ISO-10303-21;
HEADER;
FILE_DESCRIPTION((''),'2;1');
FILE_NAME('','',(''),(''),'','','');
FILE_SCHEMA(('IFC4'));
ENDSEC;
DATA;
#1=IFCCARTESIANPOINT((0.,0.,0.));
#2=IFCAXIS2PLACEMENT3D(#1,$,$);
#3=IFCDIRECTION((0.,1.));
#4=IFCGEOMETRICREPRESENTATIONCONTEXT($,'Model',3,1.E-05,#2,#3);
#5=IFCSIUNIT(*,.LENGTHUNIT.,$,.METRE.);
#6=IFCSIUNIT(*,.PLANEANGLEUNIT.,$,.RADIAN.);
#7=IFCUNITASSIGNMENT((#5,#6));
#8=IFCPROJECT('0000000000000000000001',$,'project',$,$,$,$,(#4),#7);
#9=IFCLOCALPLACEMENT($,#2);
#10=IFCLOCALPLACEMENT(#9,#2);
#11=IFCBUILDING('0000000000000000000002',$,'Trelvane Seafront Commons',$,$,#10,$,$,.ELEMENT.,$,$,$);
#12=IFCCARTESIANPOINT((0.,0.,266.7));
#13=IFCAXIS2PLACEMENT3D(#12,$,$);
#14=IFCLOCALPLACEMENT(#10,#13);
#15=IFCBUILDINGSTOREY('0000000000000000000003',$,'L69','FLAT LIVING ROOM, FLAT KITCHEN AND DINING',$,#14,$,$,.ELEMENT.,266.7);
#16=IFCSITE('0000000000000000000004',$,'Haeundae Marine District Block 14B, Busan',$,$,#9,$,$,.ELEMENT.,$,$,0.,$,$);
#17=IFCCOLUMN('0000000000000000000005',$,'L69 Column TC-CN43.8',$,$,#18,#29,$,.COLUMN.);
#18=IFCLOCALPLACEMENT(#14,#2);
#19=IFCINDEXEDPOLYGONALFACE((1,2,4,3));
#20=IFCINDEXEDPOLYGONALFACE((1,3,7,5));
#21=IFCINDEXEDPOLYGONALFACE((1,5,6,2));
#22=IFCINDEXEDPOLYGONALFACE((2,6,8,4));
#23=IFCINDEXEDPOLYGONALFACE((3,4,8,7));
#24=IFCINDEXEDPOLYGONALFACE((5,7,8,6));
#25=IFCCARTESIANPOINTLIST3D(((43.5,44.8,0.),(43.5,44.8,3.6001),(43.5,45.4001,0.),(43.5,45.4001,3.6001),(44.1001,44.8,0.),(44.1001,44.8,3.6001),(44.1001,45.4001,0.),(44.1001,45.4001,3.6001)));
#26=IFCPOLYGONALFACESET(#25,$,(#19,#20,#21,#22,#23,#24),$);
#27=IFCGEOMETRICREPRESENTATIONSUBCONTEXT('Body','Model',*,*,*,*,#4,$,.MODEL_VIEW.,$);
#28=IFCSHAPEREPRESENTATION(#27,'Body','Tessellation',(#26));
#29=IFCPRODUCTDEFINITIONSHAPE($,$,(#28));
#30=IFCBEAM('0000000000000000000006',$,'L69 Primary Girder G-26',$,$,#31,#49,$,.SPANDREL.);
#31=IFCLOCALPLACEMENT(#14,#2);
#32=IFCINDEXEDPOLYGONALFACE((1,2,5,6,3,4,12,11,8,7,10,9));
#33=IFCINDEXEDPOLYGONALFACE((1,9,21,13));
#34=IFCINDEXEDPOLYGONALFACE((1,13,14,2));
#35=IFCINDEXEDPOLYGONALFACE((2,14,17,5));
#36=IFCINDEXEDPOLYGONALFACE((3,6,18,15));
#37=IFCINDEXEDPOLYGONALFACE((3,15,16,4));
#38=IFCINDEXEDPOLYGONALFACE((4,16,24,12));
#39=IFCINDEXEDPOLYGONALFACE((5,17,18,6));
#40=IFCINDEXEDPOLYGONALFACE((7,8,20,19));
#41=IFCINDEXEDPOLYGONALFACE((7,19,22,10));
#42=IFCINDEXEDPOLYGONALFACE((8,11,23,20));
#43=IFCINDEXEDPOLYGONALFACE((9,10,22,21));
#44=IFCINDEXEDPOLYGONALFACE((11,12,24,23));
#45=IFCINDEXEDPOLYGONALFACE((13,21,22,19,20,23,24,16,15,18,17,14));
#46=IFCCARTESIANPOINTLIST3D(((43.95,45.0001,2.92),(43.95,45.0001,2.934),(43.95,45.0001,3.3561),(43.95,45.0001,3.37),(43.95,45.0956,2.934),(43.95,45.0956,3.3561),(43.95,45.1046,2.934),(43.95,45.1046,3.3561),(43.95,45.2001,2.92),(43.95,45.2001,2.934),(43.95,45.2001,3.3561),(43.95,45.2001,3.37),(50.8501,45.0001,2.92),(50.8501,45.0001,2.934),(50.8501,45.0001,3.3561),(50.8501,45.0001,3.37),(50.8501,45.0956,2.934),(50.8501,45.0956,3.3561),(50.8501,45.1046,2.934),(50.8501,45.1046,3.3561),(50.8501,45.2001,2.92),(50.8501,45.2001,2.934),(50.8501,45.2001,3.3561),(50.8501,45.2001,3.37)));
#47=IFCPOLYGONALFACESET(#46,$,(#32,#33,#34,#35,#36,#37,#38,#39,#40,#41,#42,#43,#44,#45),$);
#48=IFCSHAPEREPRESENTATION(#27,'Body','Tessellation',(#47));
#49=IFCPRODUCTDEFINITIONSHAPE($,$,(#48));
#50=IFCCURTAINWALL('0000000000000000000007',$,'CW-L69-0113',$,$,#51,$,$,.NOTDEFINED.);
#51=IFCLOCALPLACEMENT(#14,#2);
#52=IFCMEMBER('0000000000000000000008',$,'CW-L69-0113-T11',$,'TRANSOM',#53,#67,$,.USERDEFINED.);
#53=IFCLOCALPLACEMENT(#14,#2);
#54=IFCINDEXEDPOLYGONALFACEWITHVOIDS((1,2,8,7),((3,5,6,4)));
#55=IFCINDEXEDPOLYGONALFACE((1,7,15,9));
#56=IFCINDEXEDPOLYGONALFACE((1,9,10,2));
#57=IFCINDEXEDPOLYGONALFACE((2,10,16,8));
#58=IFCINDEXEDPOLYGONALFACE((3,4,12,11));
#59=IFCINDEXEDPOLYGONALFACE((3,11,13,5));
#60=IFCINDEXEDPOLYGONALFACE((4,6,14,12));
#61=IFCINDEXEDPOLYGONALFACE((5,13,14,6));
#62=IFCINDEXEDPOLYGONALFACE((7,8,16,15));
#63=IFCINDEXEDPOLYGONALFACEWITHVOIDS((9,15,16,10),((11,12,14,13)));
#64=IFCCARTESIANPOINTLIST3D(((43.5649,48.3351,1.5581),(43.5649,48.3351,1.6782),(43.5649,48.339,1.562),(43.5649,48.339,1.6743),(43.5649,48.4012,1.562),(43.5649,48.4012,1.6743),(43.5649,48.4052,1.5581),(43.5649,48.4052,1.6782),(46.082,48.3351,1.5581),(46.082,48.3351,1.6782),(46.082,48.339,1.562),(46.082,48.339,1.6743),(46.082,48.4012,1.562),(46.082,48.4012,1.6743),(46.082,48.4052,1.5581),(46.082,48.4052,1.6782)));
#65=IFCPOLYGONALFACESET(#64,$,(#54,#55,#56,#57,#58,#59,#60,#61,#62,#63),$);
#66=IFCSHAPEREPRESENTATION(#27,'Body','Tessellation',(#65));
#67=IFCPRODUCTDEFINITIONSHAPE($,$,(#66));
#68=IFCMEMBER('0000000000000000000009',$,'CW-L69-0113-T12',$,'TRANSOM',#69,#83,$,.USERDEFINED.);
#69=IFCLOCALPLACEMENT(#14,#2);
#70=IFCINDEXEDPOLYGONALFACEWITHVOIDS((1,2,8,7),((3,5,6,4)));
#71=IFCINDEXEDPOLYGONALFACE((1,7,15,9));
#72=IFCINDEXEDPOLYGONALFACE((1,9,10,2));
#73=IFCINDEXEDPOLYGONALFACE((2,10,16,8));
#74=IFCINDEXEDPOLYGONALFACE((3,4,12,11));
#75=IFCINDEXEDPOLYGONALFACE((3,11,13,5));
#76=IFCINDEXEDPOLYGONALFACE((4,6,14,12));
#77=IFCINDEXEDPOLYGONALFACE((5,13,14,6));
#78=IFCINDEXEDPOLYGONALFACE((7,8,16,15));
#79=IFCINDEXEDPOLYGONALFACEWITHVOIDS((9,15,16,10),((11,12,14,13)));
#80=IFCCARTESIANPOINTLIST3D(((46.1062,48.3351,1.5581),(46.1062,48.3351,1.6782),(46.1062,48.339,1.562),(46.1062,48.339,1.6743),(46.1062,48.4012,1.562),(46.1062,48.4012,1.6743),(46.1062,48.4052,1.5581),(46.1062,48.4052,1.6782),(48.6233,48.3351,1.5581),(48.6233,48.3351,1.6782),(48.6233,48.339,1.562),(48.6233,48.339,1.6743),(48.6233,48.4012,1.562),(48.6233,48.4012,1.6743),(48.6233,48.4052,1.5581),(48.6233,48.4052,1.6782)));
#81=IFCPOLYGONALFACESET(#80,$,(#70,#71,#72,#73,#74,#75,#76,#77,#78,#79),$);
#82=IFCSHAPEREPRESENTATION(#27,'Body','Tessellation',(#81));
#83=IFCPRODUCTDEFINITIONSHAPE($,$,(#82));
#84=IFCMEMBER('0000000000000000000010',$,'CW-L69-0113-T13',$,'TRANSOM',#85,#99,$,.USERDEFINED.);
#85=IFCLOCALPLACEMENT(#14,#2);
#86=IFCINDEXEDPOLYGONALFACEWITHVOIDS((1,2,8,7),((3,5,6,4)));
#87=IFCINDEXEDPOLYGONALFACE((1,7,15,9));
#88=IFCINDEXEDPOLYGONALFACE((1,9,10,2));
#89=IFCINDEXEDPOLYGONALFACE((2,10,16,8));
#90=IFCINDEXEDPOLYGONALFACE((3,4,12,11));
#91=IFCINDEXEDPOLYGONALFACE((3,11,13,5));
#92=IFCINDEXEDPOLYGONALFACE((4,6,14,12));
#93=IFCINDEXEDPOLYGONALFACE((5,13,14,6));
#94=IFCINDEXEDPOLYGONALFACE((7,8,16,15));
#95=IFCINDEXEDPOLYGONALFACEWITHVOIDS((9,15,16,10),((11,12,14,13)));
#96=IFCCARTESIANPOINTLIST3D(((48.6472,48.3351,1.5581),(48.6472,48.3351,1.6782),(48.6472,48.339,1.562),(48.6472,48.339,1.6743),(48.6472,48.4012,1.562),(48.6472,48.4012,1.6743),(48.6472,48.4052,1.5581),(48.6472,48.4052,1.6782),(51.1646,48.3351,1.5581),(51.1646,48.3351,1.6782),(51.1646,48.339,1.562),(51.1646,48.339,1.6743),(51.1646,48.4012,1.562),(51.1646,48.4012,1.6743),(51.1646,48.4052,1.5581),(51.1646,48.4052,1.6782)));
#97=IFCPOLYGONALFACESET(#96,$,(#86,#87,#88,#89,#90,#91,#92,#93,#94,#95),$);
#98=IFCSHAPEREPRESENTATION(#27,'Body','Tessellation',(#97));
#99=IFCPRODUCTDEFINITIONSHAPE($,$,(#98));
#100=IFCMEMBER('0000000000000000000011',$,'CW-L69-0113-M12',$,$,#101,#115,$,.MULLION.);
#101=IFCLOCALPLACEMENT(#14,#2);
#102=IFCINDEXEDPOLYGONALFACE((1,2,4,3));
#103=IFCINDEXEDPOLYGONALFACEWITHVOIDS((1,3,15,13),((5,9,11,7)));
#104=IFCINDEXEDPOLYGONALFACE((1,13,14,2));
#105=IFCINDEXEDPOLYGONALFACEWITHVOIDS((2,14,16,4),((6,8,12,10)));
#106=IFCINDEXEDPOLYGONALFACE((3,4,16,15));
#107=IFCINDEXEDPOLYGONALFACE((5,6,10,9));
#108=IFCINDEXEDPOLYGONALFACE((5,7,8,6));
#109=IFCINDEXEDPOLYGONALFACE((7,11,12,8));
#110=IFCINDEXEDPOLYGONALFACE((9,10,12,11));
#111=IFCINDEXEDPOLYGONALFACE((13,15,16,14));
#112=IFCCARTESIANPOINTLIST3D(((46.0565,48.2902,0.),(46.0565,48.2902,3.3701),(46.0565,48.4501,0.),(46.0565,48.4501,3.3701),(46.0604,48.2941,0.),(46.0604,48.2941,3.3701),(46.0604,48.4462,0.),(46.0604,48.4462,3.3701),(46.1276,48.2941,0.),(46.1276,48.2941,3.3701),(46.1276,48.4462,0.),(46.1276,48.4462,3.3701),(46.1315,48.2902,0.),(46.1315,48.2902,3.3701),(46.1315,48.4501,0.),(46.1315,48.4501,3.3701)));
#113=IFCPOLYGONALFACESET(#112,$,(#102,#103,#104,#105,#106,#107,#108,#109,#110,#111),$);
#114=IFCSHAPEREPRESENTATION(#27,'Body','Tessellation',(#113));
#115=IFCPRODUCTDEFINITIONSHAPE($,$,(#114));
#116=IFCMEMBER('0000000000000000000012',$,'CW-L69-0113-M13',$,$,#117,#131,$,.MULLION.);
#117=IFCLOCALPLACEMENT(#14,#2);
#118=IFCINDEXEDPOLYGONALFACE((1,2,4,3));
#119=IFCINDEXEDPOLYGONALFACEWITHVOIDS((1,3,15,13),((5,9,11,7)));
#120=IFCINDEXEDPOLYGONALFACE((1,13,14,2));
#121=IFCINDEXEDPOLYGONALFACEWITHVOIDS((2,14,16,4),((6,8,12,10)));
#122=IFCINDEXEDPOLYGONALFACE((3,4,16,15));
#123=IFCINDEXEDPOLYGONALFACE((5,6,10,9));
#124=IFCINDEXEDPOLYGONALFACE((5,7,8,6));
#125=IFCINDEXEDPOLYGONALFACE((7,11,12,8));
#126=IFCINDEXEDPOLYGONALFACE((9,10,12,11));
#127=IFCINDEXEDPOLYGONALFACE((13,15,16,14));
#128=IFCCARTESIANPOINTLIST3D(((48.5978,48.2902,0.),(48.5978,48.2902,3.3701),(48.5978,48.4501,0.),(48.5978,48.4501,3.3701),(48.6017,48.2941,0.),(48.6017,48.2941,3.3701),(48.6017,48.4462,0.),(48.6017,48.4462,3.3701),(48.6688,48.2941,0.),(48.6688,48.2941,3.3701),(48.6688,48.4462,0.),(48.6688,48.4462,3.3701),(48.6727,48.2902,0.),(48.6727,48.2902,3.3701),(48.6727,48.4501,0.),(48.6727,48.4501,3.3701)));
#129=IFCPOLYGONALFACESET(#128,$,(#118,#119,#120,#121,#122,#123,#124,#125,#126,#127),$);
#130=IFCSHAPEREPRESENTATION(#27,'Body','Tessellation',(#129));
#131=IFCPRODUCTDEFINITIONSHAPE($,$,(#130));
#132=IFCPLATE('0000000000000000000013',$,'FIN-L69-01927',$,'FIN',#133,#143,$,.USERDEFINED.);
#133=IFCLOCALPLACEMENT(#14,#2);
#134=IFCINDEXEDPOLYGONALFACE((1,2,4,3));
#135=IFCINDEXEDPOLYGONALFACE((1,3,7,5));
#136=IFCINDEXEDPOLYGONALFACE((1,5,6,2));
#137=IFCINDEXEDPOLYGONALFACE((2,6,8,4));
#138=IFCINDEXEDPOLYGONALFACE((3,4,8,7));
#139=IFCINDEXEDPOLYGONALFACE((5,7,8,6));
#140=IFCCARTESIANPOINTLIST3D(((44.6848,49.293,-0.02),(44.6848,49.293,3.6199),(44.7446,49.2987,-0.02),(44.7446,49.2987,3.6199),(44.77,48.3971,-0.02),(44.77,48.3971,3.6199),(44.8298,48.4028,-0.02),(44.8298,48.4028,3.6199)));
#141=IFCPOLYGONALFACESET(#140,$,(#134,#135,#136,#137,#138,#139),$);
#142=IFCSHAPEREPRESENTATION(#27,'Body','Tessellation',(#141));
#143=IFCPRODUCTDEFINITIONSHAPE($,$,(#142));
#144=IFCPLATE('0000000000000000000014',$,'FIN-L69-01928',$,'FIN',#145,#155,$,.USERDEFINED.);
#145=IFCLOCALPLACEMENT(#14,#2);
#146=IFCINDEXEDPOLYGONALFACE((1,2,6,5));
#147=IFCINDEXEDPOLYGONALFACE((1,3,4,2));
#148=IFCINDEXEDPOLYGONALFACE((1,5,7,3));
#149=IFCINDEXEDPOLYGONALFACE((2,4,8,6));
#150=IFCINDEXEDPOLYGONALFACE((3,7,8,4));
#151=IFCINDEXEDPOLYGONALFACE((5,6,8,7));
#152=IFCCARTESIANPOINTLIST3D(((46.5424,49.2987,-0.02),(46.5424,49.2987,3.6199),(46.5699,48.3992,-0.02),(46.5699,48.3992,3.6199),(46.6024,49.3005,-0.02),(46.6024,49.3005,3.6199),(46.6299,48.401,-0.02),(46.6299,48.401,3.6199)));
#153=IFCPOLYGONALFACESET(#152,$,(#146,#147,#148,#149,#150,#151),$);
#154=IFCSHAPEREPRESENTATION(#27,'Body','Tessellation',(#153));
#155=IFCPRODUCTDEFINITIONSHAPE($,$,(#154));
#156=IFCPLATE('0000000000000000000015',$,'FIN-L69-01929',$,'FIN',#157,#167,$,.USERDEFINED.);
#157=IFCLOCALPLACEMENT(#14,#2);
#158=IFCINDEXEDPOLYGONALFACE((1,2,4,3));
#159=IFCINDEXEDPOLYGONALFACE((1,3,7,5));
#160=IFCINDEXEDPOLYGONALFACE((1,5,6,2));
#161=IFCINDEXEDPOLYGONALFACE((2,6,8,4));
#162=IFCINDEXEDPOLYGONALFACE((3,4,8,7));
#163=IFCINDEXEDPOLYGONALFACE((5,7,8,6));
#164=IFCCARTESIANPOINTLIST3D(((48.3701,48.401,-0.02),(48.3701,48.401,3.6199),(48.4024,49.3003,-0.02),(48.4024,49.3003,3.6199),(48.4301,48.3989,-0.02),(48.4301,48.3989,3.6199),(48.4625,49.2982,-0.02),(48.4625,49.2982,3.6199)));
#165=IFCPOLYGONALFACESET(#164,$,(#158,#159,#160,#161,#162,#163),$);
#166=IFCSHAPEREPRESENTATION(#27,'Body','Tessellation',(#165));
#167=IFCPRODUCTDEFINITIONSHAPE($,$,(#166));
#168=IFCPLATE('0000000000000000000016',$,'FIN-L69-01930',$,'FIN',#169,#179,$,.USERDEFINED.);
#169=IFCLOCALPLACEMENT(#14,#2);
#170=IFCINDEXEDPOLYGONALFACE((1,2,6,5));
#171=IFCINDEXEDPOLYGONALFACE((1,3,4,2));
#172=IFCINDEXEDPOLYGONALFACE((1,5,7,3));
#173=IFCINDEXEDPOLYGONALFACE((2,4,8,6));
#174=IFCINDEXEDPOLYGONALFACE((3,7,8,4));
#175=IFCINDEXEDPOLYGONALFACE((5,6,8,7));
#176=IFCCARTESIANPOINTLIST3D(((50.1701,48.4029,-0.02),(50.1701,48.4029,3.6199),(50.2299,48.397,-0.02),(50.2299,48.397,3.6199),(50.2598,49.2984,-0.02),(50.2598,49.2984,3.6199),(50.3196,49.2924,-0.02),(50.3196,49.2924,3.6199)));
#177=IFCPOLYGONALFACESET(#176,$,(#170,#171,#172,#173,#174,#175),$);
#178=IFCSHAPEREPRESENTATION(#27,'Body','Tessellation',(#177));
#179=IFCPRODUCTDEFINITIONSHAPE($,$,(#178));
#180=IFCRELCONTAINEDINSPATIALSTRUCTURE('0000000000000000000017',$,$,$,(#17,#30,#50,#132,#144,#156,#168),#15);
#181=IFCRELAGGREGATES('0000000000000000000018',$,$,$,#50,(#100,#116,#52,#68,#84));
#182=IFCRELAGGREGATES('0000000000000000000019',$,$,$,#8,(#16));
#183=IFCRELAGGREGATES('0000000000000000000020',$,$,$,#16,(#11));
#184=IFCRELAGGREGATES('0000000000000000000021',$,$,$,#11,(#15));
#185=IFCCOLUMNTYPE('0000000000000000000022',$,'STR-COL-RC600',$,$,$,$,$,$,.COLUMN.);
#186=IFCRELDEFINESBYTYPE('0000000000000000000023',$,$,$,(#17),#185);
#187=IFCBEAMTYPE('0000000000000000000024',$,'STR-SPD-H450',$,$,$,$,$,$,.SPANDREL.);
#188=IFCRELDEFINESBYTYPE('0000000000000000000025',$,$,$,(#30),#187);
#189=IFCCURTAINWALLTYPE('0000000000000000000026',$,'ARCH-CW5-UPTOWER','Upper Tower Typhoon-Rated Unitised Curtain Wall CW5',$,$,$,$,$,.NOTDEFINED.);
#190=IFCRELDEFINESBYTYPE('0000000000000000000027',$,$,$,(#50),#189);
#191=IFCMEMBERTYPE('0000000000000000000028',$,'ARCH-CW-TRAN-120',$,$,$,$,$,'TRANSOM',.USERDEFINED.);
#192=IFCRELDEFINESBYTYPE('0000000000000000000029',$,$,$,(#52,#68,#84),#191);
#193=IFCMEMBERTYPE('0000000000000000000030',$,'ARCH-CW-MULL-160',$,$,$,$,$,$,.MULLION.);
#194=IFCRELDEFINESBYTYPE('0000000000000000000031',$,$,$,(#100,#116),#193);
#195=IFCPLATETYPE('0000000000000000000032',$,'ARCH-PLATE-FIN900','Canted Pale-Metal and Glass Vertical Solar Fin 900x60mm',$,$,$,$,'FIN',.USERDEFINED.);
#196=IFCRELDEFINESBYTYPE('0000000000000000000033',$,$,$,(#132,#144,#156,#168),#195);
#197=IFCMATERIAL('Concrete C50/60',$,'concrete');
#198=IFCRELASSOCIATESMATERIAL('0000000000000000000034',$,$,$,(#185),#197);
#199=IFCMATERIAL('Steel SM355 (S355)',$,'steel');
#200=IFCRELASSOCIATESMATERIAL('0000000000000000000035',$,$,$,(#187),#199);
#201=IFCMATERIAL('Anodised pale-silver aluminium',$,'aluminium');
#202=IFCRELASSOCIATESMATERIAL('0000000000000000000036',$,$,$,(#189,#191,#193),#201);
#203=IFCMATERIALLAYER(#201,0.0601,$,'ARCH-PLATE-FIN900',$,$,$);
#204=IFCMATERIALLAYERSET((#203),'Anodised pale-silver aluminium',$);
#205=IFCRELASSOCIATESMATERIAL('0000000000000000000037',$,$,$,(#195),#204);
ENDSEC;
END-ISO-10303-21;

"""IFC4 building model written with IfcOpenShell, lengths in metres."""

from ifc_helpers import new_model, si_unit, direction, frame, origin, origin_2d, place, context, subcontext, project, spatial, rectangle, hollow_rectangle, i_section, extrude, source, transform, mapped, material, layer, layer_set, material_profile, profile_set, type_object, element, aggregate, save


model = new_model("IFC4")

# Units and contexts
model_context = context("Model", 3, precision=1e-05, world=origin(), true_north=direction((0.0, 1.0)))
body_context = subcontext(model_context, "Body", "Model", "MODEL_VIEW")
ifc_project = project(units=[si_unit("LENGTHUNIT", "METRE"), si_unit("PLANEANGLEUNIT", "RADIAN")], contexts=[model_context])

# Site, building, storey
site_placement = place(None, origin())
site = spatial("IfcSite", under=ifc_project, at=site_placement, Name="Haeundae Marine District Block 14B, Busan", CompositionType="ELEMENT", RefElevation=0.0)
building_placement = place(site_placement, origin())
building = spatial("IfcBuilding", under=site, at=building_placement, Name="Trelvane Seafront Commons", CompositionType="ELEMENT")
storey_placement = place(building_placement, frame((0.0, 0.0, 266.7)))
storey = spatial("IfcBuildingStorey", under=building, at=storey_placement, Name="L69", Description="FLAT LIVING ROOM, FLAT KITCHEN AND DINING", CompositionType="ELEMENT", Elevation=266.7)

# Column
ifc_material_1 = material(Name="Concrete C50/60", Category="concrete")
ifc_material_profile_1 = material_profile(ifc_material_1, rectangle(XDim=0.6001, YDim=0.6001, at=origin_2d()), Name="RC-600x600")
ifc_profile_set_1 = profile_set([ifc_material_profile_1], Name="Concrete C50/60")
column_type = type_object("IfcColumnType", Name="STR-COL-RC600", PredefinedType="COLUMN", material=ifc_profile_set_1)
shared_shape_1 = source(origin(), body_context, "Body", "SweptSolid", [
    extrude(rectangle(XDim=0.6001, YDim=0.6001, at=origin_2d()), origin(), (0.0, 0.0, 1.0), 3.6001),
])
column_placement = place(storey_placement, frame((43.8, 45.1001, 0.0), z_axis=(0.0, 0.0, 1.0), x_axis=(1.0, 0.0, 0.0)))
element("IfcColumn", 1, at=column_placement, inside=storey, type_object=column_type, Name="L69 Column TC-CN43.8", PredefinedType="COLUMN", context=body_context, shape_type="MappedRepresentation", body=[
    mapped(shared_shape_1, transform((0.0, 0.0, 0.0), x_axis=(1.0, 0.0, 0.0), y_axis=(0.0, 1.0, 0.0), z_axis=(0.0, 0.0, 1.0), scale=1.0)),
])

# Beam
ifc_material_2 = material(Name="Steel SM355 (S355)", Category="steel")
ifc_material_profile_2 = material_profile(ifc_material_2, i_section(OverallWidth=0.2, OverallDepth=0.45, WebThickness=0.009, FlangeThickness=0.0139, at=origin_2d()), Name="H-450x200x9x14")
ifc_profile_set_2 = profile_set([ifc_material_profile_2], Name="Steel SM355 (S355)")
beam_type = type_object("IfcBeamType", Name="STR-SPD-H450", PredefinedType="SPANDREL", material=ifc_profile_set_2)
shared_shape_2 = source(origin(), body_context, "Body", "SweptSolid", [
    extrude(i_section(OverallWidth=0.2, OverallDepth=0.45, WebThickness=0.009, FlangeThickness=0.0139, at=origin_2d()), origin(), (0.0, 0.0, 1.0), 6.9001),
])
beam_placement = place(storey_placement, frame((43.95, 45.1001, 3.145), z_axis=(1.0, 0.0, 0.0), x_axis=(0.0, 1.0, 0.0)))
element("IfcBeam", 2, at=beam_placement, inside=storey, type_object=beam_type, Name="L69 Primary Girder G-26", PredefinedType="SPANDREL", context=body_context, shape_type="MappedRepresentation", body=[
    mapped(shared_shape_2, transform((0.0, 0.0, 0.0), x_axis=(1.0, 0.0, 0.0), y_axis=(0.0, 1.0, 0.0), z_axis=(0.0, 0.0, 1.0), scale=1.0)),
])

# Curtain wall, members
ifc_material_3 = material(Name="Anodised pale-silver aluminium", Category="aluminium")
curtain_wall_type = type_object("IfcCurtainWallType", Name="ARCH-CW5-UPTOWER", Description="Upper Tower Typhoon-Rated Unitised Curtain Wall CW5", PredefinedType="NOTDEFINED", material=ifc_material_3)
curtain_wall_placement = place(storey_placement, origin())
curtain_wall = element("IfcCurtainWall", 3, at=curtain_wall_placement, inside=storey, type_object=curtain_wall_type, Name="CW-L69-0113", PredefinedType="NOTDEFINED")
ifc_material_profile_3 = material_profile(ifc_material_3, hollow_rectangle(XDim=0.0701, YDim=0.1201, WallThickness=0.0039, at=origin_2d()), Name="TRAN-70x120x4")
ifc_profile_set_3 = profile_set([ifc_material_profile_3], Name="Anodised pale-silver aluminium")
member_type_1 = type_object("IfcMemberType", Name="ARCH-CW-TRAN-120", ElementType="TRANSOM", PredefinedType="USERDEFINED", material=ifc_profile_set_3)
shared_shape_3 = source(origin(), body_context, "Body", "SweptSolid", [
    extrude(hollow_rectangle(XDim=0.0701, YDim=0.1201, WallThickness=0.0039, at=origin_2d()), origin(), (0.0, 0.0, 1.0), 2.5171),
])
member_1_placement = place(storey_placement, frame((43.5649, 48.3701, 1.6182), z_axis=(1.0, 0.0, 0.0), x_axis=(0.0, 1.0, 0.0)))
member_1 = element("IfcMember", 4, at=member_1_placement, type_object=member_type_1, Name="CW-L69-0113-T11", ObjectType="TRANSOM", PredefinedType="USERDEFINED", context=body_context, shape_type="MappedRepresentation", body=[
    mapped(shared_shape_3, transform((0.0, 0.0, 0.0), x_axis=(1.0, 0.0, 0.0), y_axis=(0.0, 1.0, 0.0), z_axis=(0.0, 0.0, 1.0), scale=1.0)),
])
member_2_placement = place(storey_placement, frame((46.1062, 48.3701, 1.6182), z_axis=(1.0, 0.0, 0.0), x_axis=(0.0, 1.0, 0.0)))
member_2 = element("IfcMember", 5, at=member_2_placement, type_object=member_type_1, Name="CW-L69-0113-T12", ObjectType="TRANSOM", PredefinedType="USERDEFINED", context=body_context, shape_type="MappedRepresentation", body=[
    mapped(shared_shape_3, transform((0.0, 0.0, 0.0), x_axis=(1.0, 0.0, 0.0), y_axis=(0.0, 1.0, 0.0), z_axis=(0.0, 0.0, 1.0), scale=1.0)),
])
shared_shape_4 = source(origin(), body_context, "Body", "SweptSolid", [
    extrude(hollow_rectangle(XDim=0.0701, YDim=0.1201, WallThickness=0.0039, at=origin_2d()), origin(), (0.0, 0.0, 1.0), 2.5173),
])
member_3_placement = place(storey_placement, frame((48.6472, 48.3701, 1.6182), z_axis=(1.0, 0.0, 0.0), x_axis=(0.0, 1.0, 0.0)))
member_3 = element("IfcMember", 6, at=member_3_placement, type_object=member_type_1, Name="CW-L69-0113-T13", ObjectType="TRANSOM", PredefinedType="USERDEFINED", context=body_context, shape_type="MappedRepresentation", body=[
    mapped(shared_shape_4, transform((0.0, 0.0, 0.0), x_axis=(1.0, 0.0, 0.0), y_axis=(0.0, 1.0, 0.0), z_axis=(0.0, 0.0, 1.0), scale=1.0)),
])
ifc_material_profile_4 = material_profile(ifc_material_3, hollow_rectangle(XDim=0.075, YDim=0.1599, WallThickness=0.0039, at=origin_2d()), Name="MULL-75x160x4")
ifc_profile_set_4 = profile_set([ifc_material_profile_4], Name="Anodised pale-silver aluminium")
member_type_2 = type_object("IfcMemberType", Name="ARCH-CW-MULL-160", PredefinedType="MULLION", material=ifc_profile_set_4)
shared_shape_5 = source(origin(), body_context, "Body", "SweptSolid", [
    extrude(hollow_rectangle(XDim=0.075, YDim=0.1599, WallThickness=0.0039, at=origin_2d()), origin(), (0.0, 0.0, 1.0), 3.3701),
])
member_4_placement = place(storey_placement, frame((46.094, 48.3701, 0.0), z_axis=(0.0, 0.0, 1.0), x_axis=(1.0, 0.0, 0.0)))
member_4 = element("IfcMember", 7, at=member_4_placement, type_object=member_type_2, Name="CW-L69-0113-M12", PredefinedType="MULLION", context=body_context, shape_type="MappedRepresentation", body=[
    mapped(shared_shape_5, transform((0.0, 0.0, 0.0), x_axis=(1.0, 0.0, 0.0), y_axis=(0.0, 1.0, 0.0), z_axis=(0.0, 0.0, 1.0), scale=1.0)),
])
member_5_placement = place(storey_placement, frame((48.6353, 48.3701, 0.0), z_axis=(0.0, 0.0, 1.0), x_axis=(1.0, 0.0, 0.0)))
member_5 = element("IfcMember", 8, at=member_5_placement, type_object=member_type_2, Name="CW-L69-0113-M13", PredefinedType="MULLION", context=body_context, shape_type="MappedRepresentation", body=[
    mapped(shared_shape_5, transform((0.0, 0.0, 0.0), x_axis=(1.0, 0.0, 0.0), y_axis=(0.0, 1.0, 0.0), z_axis=(0.0, 0.0, 1.0), scale=1.0)),
])

# Plates
ifc_layer_1 = layer(ifc_material_3, 0.0601, Name="ARCH-PLATE-FIN900")
ifc_layer_set_1 = layer_set([ifc_layer_1], Name="Anodised pale-silver aluminium")
plate_type_1 = type_object("IfcPlateType", Name="ARCH-PLATE-FIN900", Description="Canted Pale-Metal and Glass Vertical Solar Fin 900x60mm", ElementType="FIN", PredefinedType="USERDEFINED", material=ifc_layer_set_1)
shared_shape_6 = source(origin(), body_context, "Body", "SweptSolid", [
    extrude(rectangle(XDim=0.8999, YDim=0.0601, at=origin_2d()), origin(), (0.0, 0.0, 1.0), 3.6399),
])
for number, where, z_axis, x_axis, name in (
    (9, (44.7573, 48.8479, -0.02), (0.0, 0.0, 1.0), (-0.094663, 0.995509, 0.0), "FIN-L69-01927"),
    (10, (46.5862, 48.8499, -0.02), (0.0, 0.0, 1.0), (-0.030554, 0.999533, 0.0), "FIN-L69-01928"),
    (11, (48.4163, 48.8496, -0.02), (0.0, 0.0, 1.0), (0.036, 0.999352, 0.0), "FIN-L69-01929"),
    (12, (50.2449, 48.8477, -0.02), (0.0, 0.0, 1.0), (0.099669, 0.995021, 0.0), "FIN-L69-01930"),
):
    element("IfcPlate", number, at=place(storey_placement, frame(where, z_axis=z_axis, x_axis=x_axis)), inside=storey, type_object=plate_type_1, Name=name, ObjectType="FIN", PredefinedType="USERDEFINED", context=body_context, shape_type="MappedRepresentation", body=[
        mapped(shared_shape_6, transform((0.0, 0.0, 0.0), x_axis=(1.0, 0.0, 0.0), y_axis=(0.0, 1.0, 0.0), z_axis=(0.0, 0.0, 1.0), scale=1.0)),
    ])

aggregate(curtain_wall, [member_4, member_5, member_1, member_2, member_3])

save(model, "model.ifc")
